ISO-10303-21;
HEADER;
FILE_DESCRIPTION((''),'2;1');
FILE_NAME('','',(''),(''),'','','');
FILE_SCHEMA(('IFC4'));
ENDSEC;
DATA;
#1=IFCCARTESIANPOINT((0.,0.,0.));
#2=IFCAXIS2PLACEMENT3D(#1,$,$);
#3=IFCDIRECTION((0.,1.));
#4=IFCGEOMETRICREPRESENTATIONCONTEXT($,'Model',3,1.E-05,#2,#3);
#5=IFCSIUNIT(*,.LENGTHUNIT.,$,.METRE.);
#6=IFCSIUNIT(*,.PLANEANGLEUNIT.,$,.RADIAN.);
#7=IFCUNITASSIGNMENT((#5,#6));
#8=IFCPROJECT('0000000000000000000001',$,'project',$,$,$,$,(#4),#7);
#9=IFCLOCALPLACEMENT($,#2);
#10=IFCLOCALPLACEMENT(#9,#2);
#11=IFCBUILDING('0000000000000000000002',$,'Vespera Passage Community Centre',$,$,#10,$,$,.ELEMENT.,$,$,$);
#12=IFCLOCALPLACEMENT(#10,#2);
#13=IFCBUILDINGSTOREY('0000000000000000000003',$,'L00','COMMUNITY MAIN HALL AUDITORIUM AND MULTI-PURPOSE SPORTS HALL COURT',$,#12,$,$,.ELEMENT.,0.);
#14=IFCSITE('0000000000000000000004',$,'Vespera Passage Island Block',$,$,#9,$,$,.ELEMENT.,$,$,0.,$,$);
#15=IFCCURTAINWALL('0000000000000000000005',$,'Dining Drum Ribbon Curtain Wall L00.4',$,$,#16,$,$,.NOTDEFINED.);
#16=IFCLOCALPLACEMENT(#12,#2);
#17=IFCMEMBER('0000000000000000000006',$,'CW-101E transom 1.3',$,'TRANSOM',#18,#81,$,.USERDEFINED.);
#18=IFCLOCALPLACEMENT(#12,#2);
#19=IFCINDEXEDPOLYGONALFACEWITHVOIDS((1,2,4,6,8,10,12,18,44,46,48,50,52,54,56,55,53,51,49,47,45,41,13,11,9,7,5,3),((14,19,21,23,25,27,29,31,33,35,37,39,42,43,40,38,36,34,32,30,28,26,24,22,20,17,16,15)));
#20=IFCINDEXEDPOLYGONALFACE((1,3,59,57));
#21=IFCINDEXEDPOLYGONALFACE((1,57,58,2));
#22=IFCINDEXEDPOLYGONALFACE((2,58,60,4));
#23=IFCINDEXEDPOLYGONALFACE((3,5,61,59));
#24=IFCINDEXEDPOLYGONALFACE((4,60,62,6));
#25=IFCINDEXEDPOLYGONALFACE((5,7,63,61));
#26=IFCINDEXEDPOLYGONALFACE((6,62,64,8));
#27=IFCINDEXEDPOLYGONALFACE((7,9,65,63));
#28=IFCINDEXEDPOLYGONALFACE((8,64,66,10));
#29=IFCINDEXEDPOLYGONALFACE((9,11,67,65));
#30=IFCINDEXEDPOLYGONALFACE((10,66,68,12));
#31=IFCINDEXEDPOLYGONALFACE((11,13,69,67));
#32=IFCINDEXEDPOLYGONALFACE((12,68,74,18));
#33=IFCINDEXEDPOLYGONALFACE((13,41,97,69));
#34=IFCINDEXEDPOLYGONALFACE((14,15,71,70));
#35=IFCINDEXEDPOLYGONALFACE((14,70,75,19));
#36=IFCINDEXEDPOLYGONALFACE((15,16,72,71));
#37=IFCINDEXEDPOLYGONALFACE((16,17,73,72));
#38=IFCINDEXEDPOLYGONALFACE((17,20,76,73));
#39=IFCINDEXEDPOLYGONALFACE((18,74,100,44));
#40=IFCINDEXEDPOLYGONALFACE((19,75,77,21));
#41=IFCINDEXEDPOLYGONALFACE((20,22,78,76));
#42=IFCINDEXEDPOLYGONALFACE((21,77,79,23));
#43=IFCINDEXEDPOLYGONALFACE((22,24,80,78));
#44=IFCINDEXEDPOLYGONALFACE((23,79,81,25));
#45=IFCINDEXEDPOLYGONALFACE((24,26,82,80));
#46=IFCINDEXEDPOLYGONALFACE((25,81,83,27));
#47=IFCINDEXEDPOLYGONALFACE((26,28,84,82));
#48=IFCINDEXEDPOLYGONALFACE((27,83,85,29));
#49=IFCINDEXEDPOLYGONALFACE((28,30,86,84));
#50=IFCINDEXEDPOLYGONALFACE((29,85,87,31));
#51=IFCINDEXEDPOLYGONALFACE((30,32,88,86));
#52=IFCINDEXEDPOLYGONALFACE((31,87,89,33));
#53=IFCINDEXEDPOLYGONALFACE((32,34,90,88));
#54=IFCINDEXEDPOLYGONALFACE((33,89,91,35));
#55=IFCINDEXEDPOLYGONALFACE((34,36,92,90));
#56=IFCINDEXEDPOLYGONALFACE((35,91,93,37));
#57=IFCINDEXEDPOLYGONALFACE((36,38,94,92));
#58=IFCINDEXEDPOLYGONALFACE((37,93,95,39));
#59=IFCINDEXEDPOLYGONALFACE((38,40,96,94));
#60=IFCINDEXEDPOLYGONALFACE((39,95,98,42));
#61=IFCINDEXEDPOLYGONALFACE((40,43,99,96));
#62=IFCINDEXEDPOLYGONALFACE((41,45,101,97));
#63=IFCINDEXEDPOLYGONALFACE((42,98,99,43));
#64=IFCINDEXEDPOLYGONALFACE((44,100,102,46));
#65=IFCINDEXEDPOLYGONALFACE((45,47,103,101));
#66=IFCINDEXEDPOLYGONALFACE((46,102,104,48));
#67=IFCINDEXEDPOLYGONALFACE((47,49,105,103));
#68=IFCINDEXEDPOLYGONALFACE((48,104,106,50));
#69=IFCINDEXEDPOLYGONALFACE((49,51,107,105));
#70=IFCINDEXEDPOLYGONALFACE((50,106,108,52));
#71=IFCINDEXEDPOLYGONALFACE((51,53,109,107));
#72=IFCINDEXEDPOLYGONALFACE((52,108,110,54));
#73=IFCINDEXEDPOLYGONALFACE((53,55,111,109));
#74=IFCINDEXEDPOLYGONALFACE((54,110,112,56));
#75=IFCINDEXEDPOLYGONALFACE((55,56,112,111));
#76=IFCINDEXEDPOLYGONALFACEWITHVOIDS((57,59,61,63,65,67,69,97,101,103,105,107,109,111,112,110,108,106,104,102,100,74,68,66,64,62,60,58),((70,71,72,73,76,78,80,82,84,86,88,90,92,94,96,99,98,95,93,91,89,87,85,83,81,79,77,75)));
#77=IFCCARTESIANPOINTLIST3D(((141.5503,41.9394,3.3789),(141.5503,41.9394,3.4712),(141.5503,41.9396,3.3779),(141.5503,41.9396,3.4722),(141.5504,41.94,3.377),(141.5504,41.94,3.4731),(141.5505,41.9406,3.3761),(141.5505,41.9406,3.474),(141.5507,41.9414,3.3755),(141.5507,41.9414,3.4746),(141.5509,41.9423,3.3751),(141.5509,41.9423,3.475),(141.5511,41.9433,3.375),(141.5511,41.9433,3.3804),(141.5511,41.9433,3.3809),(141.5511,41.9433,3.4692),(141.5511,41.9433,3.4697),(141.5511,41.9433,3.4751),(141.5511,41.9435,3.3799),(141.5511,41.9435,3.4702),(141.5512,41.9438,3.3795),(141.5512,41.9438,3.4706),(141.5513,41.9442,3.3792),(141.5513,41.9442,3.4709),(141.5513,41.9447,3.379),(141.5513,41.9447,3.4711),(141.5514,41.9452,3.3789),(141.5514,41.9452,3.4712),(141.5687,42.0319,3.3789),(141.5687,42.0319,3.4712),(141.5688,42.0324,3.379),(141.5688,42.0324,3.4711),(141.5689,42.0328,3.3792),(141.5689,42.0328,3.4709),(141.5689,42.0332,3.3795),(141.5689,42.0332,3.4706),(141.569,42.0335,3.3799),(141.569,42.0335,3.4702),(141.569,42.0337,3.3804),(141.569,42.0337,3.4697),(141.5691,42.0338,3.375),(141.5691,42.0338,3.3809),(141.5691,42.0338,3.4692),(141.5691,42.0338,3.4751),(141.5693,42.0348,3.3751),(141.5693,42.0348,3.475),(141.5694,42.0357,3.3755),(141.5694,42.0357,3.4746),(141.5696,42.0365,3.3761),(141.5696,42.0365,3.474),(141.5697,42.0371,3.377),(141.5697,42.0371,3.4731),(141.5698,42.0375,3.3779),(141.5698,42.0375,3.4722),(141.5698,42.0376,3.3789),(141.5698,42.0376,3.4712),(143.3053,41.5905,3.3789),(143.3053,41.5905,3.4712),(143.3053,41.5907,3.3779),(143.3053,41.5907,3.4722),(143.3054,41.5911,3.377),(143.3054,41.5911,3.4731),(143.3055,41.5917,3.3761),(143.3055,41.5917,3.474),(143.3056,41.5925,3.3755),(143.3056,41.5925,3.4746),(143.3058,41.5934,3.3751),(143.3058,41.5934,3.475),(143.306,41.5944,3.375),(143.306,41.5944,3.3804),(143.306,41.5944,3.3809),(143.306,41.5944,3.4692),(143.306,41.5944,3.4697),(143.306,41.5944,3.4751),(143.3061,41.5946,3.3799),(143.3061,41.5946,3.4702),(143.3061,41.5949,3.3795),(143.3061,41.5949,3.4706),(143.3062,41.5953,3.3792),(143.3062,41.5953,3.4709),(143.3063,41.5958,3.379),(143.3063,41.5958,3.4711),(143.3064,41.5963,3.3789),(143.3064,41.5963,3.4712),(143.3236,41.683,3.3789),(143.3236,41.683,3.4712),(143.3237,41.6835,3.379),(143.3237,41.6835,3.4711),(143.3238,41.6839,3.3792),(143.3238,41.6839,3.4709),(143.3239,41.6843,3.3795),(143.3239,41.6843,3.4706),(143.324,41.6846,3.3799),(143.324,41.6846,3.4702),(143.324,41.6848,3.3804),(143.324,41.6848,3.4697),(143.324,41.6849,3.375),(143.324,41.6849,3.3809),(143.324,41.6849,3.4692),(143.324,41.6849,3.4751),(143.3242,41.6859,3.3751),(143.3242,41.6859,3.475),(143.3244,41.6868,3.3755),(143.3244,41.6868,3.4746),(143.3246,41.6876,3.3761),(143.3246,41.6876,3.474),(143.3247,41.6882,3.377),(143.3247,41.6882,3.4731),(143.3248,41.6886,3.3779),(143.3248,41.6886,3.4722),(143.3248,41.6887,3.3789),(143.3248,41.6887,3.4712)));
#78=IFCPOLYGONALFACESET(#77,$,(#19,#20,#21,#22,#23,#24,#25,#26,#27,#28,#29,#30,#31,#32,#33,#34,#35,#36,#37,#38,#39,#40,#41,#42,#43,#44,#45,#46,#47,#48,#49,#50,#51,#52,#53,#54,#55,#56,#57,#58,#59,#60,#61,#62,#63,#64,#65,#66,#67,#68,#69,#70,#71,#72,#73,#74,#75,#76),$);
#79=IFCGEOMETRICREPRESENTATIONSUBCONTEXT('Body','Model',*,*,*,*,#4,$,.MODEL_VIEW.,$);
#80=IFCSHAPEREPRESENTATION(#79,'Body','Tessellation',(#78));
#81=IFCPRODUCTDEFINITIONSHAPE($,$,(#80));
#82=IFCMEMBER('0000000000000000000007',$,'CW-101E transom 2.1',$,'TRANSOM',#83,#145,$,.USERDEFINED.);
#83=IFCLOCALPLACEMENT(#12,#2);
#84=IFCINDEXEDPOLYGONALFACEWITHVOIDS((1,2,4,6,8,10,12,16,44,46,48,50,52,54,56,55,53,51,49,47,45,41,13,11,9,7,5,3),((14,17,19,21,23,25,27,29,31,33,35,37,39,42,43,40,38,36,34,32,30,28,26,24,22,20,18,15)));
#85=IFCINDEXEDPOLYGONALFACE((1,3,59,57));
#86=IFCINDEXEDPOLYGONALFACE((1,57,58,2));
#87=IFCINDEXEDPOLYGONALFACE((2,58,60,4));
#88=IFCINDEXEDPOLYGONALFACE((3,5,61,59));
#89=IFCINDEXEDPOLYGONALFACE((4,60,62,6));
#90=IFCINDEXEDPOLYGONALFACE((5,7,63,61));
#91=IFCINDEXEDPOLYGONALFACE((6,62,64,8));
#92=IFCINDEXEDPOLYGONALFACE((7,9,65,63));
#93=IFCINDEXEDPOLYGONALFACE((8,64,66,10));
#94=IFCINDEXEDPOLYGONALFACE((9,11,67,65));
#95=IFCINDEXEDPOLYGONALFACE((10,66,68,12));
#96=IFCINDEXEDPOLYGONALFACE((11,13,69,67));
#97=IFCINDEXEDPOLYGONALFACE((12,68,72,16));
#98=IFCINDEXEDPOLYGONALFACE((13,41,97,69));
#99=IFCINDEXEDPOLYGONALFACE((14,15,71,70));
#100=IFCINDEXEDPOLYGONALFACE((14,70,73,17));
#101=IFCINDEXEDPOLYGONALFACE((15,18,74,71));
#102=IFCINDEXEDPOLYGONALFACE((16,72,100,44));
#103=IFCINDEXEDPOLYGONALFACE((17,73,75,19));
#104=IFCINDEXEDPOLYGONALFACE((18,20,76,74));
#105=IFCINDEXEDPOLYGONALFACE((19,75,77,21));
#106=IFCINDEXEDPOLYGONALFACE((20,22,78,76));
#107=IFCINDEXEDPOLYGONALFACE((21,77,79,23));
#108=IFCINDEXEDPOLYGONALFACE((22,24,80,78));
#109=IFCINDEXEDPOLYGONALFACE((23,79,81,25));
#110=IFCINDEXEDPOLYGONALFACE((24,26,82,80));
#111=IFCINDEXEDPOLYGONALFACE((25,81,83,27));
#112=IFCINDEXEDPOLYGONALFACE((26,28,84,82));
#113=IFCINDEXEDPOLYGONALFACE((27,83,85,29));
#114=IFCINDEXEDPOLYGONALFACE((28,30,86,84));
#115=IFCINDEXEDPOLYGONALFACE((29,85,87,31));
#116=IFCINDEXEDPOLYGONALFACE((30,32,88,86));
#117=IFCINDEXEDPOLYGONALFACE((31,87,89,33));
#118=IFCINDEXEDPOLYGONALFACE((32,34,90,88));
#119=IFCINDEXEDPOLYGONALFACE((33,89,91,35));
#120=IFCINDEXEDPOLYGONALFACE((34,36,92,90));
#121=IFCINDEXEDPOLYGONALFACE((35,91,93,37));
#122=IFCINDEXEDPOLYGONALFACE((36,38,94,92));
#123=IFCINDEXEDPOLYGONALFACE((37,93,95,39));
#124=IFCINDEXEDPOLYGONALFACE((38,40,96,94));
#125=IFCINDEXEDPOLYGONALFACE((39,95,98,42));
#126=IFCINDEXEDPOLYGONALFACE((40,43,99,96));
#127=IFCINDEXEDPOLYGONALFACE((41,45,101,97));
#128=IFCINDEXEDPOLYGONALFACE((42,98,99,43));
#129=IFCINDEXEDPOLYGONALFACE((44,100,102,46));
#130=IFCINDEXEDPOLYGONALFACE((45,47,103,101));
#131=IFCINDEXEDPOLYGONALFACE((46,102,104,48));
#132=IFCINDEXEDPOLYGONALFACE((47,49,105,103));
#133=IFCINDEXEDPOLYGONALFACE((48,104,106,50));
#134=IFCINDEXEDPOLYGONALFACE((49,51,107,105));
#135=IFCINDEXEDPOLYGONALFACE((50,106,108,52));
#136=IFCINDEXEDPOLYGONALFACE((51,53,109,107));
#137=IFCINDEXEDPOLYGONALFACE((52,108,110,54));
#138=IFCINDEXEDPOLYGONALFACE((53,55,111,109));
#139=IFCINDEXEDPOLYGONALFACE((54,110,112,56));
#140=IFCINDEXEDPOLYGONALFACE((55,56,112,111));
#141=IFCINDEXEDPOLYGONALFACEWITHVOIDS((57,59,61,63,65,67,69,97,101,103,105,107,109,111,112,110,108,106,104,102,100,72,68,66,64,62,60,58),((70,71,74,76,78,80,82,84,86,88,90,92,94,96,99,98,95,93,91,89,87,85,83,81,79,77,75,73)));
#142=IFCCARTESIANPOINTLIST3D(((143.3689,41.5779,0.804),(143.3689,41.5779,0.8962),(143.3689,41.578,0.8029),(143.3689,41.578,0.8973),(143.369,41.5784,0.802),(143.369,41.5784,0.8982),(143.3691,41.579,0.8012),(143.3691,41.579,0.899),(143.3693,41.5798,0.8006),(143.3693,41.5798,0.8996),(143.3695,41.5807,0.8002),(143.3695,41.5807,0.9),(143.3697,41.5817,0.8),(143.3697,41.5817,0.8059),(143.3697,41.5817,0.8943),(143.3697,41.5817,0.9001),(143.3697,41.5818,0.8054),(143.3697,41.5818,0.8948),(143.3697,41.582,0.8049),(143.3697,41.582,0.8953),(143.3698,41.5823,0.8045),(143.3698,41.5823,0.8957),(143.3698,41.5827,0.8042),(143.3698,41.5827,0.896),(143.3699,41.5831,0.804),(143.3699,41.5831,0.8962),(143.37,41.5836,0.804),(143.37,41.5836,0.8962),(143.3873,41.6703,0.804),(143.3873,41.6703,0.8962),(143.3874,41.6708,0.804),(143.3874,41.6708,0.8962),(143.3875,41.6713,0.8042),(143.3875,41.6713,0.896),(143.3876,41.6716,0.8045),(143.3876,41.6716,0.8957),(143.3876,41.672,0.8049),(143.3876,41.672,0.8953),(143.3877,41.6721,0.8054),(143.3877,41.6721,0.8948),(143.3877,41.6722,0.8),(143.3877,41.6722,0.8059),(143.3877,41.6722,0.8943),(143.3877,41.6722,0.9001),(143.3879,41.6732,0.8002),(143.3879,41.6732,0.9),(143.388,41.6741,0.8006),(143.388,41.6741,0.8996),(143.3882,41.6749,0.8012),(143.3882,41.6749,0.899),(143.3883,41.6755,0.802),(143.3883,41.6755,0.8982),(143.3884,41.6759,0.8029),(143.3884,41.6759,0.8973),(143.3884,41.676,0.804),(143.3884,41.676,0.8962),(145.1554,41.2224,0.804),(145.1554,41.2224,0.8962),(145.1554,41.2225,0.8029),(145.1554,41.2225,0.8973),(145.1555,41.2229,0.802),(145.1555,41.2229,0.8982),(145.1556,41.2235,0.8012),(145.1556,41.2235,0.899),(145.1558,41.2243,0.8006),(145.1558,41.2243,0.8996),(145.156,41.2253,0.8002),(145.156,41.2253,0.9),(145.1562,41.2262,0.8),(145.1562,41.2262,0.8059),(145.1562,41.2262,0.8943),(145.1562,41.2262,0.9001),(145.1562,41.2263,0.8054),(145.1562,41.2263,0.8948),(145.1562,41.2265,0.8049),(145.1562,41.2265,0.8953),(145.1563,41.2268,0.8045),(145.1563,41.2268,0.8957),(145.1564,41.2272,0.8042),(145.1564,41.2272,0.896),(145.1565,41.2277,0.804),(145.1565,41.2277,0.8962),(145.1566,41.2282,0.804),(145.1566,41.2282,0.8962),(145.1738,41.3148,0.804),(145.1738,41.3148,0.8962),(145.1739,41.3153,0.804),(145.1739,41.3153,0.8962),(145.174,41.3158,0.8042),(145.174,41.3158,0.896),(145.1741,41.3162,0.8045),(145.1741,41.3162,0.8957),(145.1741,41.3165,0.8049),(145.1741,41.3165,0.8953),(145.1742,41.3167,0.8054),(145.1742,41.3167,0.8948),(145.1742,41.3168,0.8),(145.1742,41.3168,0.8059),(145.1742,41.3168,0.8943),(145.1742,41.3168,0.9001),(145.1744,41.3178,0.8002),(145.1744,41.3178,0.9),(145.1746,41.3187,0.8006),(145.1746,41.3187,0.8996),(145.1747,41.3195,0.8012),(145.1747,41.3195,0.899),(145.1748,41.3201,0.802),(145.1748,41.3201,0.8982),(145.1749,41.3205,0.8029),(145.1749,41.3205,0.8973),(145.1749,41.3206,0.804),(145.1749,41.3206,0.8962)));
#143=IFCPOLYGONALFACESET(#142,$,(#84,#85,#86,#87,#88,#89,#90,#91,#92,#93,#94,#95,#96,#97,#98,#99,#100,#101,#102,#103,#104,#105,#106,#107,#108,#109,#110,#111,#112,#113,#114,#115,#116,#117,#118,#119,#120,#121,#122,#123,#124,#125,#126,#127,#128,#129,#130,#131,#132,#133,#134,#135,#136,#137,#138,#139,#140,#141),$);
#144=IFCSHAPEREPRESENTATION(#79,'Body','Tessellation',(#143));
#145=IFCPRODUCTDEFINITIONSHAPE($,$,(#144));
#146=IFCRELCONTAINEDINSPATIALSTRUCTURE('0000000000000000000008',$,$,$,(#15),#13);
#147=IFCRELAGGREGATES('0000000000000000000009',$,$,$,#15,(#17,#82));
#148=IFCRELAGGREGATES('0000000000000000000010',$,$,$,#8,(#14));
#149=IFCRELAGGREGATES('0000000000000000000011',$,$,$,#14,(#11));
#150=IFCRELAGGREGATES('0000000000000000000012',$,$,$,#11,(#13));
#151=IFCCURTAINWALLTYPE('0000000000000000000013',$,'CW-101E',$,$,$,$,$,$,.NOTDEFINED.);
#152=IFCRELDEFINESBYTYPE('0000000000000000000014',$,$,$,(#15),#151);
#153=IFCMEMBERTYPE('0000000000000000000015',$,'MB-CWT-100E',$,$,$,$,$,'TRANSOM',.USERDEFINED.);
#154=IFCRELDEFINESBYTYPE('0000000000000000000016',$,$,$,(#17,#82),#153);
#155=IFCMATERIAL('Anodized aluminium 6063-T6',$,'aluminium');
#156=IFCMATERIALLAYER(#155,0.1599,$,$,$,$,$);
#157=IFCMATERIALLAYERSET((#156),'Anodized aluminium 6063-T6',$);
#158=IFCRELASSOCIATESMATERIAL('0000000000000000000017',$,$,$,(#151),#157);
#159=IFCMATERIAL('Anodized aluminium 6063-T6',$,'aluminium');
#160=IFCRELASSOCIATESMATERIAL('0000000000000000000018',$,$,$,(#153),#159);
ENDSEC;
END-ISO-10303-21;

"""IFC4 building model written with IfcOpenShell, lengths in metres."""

from ifc_helpers import new_model, si_unit, direction, frame, origin, origin_2d, place, context, subcontext, project, spatial, hollow_rectangle, extrude, material, layer, layer_set, material_profile, profile_set, type_object, element, aggregate, save


model = new_model("IFC4")

# Units and contexts
model_context = context("Model", 3, precision=1e-05, world=origin(), true_north=direction((0.0, 1.0)))
body_context = subcontext(model_context, "Body", "Model", "MODEL_VIEW")
ifc_project = project(units=[si_unit("LENGTHUNIT", "METRE"), si_unit("PLANEANGLEUNIT", "RADIAN")], contexts=[model_context])

# Site, building, storey
site_placement = place(None, origin())
site = spatial("IfcSite", under=ifc_project, at=site_placement, Name="Vespera Passage Island Block", CompositionType="ELEMENT", RefElevation=0.0)
building_placement = place(site_placement, origin())
building = spatial("IfcBuilding", under=site, at=building_placement, Name="Vespera Passage Community Centre", CompositionType="ELEMENT")
storey_placement = place(building_placement, origin())
storey = spatial("IfcBuildingStorey", under=building, at=storey_placement, Name="L00", Description="COMMUNITY MAIN HALL AUDITORIUM AND MULTI-PURPOSE SPORTS HALL COURT", CompositionType="ELEMENT", Elevation=0.0)

# Curtain wall
ifc_material_1 = material(Name="Anodized aluminium 6063-T6", Category="aluminium")
ifc_layer_1 = layer(ifc_material_1, 0.1599)
ifc_layer_set_1 = layer_set([ifc_layer_1], Name="Anodized aluminium 6063-T6")
curtain_wall_type_1 = type_object("IfcCurtainWallType", Name="CW-101E", PredefinedType="NOTDEFINED", material=ifc_layer_set_1)
curtain_wall_1_placement = place(storey_placement, origin())
curtain_wall_1 = element("IfcCurtainWall", 1, at=curtain_wall_1_placement, inside=storey, type_object=curtain_wall_type_1, Name="Dining Drum Ribbon Curtain Wall L00.4", PredefinedType="NOTDEFINED")

# Members
ifc_material_2 = material(Name="Anodized aluminium 6063-T6", Category="aluminium")
ifc_material_profile_1 = material_profile(ifc_material_2, hollow_rectangle(XDim=0.1001, YDim=0.1001, WallThickness=0.0039, InnerFilletRadius=0.002, OuterFilletRadius=0.0039, at=origin_2d()), Name="ALU100X100X4")
ifc_profile_set_1 = profile_set([ifc_material_profile_1], Name="Anodized aluminium 6063-T6")
member_type_1 = type_object("IfcMemberType", Name="MB-CWT-100E", ElementType="TRANSOM", PredefinedType="USERDEFINED", material=ifc_profile_set_1)
member_1_placement = place(storey_placement, frame((141.5601, 41.9885, 3.425), z_axis=(0.980806, -0.194988, 0.0), x_axis=(0.194988, 0.980806, 0.0)))
member_1 = element("IfcMember", 2, at=member_1_placement, type_object=member_type_1, Name="CW-101E transom 1.3", ObjectType="TRANSOM", PredefinedType="USERDEFINED", context=body_context, shape_type="SweptSolid", body=[
    extrude(hollow_rectangle(XDim=0.1001, YDim=0.1001, WallThickness=0.0039, InnerFilletRadius=0.002, OuterFilletRadius=0.0039, at=origin_2d()), origin(), (0.0, 0.0, 1.0), 1.7893),
])
member_2_placement = place(storey_placement, frame((143.3787, 41.627, 0.8501), z_axis=(0.980776, -0.195137, 0.0), x_axis=(0.195137, 0.980776, 0.0)))
member_2 = element("IfcMember", 3, at=member_2_placement, type_object=member_type_1, Name="CW-101E transom 2.1", ObjectType="TRANSOM", PredefinedType="USERDEFINED", context=body_context, shape_type="SweptSolid", body=[
    extrude(hollow_rectangle(XDim=0.1001, YDim=0.1001, WallThickness=0.0039, InnerFilletRadius=0.002, OuterFilletRadius=0.0039, at=origin_2d()), origin(), (0.0, 0.0, 1.0), 1.8215),
])

aggregate(curtain_wall_1, [member_1, member_2])

save(model, "model.ifc")
